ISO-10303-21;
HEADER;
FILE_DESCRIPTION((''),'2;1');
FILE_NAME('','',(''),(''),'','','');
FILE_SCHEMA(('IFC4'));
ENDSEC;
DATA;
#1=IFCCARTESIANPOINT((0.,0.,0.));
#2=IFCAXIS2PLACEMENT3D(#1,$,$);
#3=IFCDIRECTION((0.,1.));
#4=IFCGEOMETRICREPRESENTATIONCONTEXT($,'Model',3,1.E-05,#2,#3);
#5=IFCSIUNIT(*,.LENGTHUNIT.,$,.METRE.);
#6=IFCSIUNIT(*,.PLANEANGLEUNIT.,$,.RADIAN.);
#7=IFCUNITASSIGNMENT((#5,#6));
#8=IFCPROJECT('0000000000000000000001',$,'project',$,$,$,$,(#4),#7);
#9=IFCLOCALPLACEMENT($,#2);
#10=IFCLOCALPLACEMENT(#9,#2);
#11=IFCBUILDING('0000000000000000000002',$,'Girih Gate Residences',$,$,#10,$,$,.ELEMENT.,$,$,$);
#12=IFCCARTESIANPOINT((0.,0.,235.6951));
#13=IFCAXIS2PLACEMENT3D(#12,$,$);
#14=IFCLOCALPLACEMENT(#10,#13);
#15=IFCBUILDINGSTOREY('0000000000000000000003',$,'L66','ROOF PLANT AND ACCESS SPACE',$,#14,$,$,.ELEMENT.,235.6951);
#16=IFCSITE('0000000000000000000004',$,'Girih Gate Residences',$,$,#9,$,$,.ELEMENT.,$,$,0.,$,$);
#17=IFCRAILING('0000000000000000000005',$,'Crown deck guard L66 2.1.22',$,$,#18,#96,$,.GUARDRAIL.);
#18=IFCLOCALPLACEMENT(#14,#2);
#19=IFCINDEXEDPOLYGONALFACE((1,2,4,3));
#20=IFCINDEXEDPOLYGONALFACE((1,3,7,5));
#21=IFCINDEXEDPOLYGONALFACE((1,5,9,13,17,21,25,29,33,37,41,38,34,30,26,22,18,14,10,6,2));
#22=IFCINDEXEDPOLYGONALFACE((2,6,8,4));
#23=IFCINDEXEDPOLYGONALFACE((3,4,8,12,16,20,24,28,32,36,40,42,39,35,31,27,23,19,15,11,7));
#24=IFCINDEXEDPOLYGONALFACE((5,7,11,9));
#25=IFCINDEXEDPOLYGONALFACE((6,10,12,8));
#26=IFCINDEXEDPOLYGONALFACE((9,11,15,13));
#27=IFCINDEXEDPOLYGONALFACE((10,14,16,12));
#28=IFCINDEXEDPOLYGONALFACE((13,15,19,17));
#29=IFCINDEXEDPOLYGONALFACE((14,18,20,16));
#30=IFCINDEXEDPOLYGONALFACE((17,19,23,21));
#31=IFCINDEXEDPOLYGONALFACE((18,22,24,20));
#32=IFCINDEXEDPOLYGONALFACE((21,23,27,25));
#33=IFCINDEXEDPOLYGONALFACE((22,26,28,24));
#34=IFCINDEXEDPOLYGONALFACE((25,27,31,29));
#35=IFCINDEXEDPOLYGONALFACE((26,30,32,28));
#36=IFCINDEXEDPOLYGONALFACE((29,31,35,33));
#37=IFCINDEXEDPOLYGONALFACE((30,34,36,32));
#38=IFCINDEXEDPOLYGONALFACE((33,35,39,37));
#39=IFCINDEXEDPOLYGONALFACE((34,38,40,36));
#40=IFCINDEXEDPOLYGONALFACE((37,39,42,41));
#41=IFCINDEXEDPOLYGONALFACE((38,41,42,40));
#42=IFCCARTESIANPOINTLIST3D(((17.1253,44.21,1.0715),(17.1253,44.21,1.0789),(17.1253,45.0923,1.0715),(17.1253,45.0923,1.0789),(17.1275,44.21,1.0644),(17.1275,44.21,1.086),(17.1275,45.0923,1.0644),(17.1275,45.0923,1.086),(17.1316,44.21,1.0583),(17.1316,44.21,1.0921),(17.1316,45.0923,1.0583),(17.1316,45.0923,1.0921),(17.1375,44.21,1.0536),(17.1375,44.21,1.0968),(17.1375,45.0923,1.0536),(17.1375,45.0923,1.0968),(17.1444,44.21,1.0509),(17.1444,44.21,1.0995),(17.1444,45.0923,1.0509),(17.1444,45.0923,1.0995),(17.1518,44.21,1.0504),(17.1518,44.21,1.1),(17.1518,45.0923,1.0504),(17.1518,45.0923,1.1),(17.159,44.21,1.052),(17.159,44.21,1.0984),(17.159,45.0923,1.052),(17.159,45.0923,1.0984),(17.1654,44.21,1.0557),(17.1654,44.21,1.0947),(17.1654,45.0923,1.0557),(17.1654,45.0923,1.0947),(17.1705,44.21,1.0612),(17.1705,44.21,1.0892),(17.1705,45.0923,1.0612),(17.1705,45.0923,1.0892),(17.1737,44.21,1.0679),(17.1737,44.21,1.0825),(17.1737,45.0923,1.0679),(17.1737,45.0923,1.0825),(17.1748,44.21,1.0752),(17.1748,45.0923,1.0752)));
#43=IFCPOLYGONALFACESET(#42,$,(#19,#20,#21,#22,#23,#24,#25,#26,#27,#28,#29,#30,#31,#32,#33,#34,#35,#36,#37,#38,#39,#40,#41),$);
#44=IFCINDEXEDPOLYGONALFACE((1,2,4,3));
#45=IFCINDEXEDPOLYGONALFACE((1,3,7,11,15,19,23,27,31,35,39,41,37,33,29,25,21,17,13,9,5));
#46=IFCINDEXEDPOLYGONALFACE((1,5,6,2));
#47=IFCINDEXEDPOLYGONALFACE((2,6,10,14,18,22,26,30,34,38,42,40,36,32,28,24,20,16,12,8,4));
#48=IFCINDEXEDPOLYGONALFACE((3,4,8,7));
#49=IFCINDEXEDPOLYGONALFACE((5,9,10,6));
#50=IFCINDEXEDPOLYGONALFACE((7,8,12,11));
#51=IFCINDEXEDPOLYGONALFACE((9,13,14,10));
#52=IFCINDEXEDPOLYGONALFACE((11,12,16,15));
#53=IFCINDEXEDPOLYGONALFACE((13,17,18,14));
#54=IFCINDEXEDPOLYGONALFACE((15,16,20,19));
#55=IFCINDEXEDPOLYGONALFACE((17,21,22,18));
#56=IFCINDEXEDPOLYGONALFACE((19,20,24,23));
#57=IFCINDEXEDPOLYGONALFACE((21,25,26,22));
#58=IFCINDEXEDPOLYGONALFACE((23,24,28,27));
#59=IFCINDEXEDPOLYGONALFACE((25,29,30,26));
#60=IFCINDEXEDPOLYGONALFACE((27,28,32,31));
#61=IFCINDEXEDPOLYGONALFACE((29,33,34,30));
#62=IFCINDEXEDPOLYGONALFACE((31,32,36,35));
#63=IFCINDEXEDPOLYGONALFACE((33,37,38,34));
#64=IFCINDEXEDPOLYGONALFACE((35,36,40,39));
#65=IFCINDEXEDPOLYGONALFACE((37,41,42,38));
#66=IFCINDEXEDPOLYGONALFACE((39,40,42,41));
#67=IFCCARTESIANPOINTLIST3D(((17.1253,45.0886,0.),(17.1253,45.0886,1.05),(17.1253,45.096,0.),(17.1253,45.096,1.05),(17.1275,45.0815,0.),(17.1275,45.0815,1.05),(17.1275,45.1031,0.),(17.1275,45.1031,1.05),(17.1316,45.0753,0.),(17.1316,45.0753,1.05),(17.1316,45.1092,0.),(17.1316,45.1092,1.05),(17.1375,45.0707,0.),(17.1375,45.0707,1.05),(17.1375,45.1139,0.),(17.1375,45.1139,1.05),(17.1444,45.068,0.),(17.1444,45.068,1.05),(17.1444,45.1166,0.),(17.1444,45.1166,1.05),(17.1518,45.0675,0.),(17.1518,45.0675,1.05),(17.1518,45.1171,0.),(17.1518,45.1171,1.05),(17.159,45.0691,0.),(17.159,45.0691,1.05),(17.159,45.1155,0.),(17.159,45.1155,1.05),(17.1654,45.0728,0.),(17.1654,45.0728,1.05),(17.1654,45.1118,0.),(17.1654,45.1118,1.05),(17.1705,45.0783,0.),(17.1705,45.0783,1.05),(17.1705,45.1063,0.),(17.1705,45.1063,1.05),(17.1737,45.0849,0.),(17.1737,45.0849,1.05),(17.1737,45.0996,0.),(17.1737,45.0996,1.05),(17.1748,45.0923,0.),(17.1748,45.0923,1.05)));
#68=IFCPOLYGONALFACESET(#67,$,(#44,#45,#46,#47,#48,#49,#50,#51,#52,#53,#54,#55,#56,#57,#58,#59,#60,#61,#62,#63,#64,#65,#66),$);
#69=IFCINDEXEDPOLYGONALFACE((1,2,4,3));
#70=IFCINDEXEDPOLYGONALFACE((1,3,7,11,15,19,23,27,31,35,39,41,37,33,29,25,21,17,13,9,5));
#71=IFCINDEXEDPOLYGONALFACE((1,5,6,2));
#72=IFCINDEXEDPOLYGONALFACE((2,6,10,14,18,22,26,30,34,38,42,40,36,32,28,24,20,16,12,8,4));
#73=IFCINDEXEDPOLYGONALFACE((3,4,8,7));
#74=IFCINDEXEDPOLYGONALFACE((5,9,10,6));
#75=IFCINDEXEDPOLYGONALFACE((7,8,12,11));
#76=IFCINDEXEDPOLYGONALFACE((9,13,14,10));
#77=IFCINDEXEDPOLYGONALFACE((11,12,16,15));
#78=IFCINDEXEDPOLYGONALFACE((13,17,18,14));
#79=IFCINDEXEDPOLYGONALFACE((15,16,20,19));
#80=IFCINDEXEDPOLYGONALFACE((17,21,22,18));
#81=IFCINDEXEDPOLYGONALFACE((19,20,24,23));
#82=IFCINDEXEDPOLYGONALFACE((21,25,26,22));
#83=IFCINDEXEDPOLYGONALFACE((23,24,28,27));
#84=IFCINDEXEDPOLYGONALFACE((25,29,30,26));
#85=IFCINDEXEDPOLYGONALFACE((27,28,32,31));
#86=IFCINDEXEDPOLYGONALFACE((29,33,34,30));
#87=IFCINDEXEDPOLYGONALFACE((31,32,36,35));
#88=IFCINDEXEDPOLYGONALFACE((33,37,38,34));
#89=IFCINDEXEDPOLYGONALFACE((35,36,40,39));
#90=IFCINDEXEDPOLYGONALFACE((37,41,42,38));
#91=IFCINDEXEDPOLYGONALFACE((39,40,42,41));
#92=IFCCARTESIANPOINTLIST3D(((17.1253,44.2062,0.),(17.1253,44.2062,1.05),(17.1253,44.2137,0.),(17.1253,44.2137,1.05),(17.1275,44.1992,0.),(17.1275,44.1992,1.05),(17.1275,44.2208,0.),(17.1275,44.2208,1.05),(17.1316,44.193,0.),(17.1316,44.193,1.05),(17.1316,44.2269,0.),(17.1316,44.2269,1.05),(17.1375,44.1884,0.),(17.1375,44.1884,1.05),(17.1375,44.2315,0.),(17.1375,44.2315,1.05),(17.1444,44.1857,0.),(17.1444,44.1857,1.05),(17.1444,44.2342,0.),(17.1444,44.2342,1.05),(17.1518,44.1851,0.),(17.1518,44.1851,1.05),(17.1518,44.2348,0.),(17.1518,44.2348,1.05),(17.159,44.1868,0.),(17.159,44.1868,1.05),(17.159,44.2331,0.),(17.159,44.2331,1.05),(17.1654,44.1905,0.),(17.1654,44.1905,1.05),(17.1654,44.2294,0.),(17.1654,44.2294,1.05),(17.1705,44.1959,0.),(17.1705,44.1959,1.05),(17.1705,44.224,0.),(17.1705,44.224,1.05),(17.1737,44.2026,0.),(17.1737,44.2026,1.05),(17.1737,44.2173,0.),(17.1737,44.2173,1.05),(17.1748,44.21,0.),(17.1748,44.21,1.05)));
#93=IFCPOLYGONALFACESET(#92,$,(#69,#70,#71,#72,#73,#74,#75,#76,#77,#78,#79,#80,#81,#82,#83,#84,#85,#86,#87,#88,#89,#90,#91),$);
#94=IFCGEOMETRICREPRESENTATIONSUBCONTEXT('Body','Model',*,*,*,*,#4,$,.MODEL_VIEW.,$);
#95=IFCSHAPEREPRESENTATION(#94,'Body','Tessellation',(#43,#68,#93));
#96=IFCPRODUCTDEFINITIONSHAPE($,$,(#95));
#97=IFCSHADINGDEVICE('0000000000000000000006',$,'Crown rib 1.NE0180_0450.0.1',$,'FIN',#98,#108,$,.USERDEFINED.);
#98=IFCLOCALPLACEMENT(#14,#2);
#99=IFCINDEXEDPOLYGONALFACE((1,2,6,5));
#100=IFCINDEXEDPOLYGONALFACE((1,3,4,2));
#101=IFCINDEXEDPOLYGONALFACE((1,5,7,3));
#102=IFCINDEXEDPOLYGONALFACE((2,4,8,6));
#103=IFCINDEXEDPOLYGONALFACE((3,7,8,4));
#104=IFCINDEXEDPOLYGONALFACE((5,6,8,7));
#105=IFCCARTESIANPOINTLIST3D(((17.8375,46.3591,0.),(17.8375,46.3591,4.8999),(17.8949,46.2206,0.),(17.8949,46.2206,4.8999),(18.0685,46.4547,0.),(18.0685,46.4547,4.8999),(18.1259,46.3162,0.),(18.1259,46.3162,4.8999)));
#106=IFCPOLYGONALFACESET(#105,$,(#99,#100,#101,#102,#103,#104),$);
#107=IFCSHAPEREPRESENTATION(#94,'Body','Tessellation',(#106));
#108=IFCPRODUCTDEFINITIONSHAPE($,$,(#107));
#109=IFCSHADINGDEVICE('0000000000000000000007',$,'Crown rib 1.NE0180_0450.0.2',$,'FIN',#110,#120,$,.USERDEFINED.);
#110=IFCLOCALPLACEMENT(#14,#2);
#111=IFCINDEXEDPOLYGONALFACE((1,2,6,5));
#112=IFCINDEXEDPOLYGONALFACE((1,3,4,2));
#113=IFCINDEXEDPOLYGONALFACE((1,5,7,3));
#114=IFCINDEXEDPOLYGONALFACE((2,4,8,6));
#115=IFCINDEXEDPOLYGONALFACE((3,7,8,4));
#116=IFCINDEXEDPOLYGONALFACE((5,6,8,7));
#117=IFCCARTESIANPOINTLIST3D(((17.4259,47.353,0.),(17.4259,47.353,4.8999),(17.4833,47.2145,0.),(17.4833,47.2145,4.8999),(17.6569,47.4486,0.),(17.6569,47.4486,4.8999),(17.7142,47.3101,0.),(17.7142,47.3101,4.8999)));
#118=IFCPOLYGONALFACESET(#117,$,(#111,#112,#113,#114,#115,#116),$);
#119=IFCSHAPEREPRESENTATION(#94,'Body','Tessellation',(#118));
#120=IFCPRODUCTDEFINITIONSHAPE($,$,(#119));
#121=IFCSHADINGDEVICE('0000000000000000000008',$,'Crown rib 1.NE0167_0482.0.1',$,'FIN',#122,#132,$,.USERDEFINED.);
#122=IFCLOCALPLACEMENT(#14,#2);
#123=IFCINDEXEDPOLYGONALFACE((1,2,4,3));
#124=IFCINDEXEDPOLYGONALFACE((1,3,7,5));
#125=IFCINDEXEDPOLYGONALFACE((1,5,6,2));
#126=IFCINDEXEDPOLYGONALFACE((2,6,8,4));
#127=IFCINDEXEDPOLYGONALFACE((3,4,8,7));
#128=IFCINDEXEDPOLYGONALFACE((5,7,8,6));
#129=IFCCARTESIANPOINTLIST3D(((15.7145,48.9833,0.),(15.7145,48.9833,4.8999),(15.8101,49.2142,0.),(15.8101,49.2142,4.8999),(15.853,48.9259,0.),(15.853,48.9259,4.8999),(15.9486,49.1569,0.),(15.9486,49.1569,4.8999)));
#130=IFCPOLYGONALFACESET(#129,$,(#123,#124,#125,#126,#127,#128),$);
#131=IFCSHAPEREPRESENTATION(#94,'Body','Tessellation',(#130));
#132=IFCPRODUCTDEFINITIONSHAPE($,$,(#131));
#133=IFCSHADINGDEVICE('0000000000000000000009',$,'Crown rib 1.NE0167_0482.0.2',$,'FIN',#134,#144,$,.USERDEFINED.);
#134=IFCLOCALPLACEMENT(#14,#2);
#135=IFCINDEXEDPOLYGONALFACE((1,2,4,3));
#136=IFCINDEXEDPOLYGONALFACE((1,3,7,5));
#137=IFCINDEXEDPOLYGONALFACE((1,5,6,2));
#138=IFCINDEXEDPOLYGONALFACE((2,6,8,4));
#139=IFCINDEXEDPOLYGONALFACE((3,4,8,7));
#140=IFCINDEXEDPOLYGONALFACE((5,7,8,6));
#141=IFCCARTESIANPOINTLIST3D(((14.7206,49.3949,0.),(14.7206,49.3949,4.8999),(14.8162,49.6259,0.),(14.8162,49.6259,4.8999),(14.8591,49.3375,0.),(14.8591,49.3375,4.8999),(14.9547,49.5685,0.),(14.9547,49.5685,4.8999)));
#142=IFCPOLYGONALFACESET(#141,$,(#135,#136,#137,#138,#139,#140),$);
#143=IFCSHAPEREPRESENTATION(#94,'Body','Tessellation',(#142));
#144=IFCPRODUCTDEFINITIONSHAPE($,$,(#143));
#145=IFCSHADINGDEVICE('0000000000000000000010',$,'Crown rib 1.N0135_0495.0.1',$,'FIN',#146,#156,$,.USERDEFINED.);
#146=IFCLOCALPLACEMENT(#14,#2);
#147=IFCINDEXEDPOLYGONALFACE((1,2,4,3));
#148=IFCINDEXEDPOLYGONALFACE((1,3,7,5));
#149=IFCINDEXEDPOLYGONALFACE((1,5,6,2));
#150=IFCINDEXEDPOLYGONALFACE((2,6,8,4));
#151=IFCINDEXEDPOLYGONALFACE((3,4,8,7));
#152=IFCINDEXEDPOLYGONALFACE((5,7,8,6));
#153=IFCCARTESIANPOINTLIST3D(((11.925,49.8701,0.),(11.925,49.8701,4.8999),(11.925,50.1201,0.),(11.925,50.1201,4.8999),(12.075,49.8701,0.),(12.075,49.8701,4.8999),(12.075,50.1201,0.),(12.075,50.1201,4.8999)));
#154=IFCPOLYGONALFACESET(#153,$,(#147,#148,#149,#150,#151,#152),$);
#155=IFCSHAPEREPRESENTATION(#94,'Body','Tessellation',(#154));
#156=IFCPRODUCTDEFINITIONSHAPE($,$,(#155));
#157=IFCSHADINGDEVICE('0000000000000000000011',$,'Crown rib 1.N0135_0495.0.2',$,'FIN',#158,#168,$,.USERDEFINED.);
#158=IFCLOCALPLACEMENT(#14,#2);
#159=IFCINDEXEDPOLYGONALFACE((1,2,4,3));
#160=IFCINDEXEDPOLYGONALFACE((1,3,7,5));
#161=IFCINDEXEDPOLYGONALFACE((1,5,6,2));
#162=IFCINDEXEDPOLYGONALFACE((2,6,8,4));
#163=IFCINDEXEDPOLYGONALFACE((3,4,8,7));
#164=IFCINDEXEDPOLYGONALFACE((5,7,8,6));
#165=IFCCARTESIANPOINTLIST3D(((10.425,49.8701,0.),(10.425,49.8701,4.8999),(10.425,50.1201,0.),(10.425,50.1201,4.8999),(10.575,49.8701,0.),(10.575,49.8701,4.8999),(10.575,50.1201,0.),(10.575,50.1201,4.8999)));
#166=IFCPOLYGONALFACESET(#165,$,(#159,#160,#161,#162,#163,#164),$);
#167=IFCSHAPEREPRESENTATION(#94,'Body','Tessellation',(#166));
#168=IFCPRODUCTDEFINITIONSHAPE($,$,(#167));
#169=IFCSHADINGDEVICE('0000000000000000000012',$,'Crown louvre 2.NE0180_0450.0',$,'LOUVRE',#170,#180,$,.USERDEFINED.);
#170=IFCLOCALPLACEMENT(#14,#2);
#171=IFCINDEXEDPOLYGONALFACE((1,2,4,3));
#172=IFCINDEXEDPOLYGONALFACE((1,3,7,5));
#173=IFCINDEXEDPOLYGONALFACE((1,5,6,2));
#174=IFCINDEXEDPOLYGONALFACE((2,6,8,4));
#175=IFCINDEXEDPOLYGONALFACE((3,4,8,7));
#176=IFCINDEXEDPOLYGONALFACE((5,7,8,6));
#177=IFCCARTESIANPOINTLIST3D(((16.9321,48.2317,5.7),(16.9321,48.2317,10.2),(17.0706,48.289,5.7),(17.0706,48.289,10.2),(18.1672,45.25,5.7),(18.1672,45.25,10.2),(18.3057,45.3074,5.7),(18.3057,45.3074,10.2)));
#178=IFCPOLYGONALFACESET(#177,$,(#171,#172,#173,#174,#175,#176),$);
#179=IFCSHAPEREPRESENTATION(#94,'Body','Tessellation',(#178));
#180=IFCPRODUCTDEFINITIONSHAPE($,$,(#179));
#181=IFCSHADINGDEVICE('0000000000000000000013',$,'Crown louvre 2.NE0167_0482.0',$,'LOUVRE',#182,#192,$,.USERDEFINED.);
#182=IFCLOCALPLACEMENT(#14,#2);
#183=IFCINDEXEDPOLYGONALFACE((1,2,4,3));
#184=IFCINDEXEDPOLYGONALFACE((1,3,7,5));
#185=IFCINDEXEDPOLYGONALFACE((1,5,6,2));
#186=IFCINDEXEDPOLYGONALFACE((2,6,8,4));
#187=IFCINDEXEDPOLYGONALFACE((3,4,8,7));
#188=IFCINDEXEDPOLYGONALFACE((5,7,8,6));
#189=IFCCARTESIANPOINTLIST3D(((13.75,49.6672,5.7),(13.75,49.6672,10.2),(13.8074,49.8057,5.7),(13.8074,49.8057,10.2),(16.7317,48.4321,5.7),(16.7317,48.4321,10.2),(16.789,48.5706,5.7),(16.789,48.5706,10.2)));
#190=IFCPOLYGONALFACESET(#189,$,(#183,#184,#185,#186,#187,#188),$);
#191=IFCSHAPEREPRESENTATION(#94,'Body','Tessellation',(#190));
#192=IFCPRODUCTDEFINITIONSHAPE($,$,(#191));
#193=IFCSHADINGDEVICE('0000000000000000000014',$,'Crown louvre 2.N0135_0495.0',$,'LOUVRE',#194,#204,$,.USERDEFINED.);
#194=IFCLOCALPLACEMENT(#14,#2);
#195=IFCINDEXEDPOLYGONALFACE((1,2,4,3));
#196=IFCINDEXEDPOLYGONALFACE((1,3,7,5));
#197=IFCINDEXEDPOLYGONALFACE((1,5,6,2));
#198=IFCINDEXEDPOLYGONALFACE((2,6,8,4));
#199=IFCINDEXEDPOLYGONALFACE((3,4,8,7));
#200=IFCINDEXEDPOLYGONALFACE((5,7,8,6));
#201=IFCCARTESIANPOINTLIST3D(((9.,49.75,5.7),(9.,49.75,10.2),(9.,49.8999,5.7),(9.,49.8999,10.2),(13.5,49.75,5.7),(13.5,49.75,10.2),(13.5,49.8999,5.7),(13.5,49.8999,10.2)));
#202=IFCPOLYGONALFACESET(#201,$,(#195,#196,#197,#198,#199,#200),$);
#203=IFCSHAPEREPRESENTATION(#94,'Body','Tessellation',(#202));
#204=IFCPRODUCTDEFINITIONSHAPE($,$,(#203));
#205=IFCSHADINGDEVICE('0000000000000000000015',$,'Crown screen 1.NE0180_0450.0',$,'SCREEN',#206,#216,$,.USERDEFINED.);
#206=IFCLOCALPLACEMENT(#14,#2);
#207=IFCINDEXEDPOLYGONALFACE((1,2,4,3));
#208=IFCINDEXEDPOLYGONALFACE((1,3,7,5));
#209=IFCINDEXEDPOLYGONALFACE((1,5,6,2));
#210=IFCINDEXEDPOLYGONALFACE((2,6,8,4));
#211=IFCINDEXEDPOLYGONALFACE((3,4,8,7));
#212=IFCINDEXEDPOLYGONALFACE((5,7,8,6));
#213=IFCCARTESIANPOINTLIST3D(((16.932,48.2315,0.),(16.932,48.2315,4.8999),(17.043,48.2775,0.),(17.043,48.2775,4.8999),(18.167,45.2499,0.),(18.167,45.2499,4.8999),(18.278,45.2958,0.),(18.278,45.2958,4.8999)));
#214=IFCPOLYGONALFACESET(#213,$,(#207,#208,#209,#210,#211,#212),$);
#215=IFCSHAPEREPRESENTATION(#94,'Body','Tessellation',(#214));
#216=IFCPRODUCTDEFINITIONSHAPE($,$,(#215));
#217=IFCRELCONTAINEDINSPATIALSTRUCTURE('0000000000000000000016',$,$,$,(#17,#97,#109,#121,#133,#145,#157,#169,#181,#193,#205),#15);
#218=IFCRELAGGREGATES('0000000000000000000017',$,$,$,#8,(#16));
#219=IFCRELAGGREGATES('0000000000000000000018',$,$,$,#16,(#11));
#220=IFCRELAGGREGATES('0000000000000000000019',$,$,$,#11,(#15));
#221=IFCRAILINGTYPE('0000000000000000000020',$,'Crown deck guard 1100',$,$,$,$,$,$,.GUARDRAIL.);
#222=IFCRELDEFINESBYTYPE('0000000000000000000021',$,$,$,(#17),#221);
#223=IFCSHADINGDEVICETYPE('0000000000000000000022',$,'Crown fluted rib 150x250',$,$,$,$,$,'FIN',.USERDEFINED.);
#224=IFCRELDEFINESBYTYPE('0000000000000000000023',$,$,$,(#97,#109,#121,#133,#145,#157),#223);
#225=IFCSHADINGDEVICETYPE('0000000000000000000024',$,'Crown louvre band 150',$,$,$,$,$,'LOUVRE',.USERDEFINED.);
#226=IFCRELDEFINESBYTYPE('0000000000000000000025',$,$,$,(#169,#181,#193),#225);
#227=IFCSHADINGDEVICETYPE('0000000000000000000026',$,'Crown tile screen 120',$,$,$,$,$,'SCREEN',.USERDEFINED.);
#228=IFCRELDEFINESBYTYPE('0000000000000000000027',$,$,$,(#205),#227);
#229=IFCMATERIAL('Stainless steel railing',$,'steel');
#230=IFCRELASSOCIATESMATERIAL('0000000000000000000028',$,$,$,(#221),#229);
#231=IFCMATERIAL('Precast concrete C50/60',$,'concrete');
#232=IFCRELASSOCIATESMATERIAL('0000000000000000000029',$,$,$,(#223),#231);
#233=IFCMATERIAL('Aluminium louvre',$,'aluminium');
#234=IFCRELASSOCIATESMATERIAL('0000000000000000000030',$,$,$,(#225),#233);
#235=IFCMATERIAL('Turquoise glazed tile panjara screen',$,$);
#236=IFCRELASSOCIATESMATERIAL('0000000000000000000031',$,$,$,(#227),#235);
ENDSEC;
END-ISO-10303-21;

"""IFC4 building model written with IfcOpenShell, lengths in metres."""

from ifc_helpers import new_model, si_unit, direction, frame, origin, origin_2d, place, context, subcontext, project, spatial, rectangle, circle, extrude, material, type_object, element, save


model = new_model("IFC4")

# Units and contexts
model_context = context("Model", 3, precision=1e-05, world=origin(), true_north=direction((0.0, 1.0)))
body_context = subcontext(model_context, "Body", "Model", "MODEL_VIEW")
ifc_project = project(units=[si_unit("LENGTHUNIT", "METRE"), si_unit("PLANEANGLEUNIT", "RADIAN")], contexts=[model_context])

# Site, building, storey
site_placement = place(None, origin())
site = spatial("IfcSite", under=ifc_project, at=site_placement, Name="Girih Gate Residences", CompositionType="ELEMENT", RefElevation=0.0)
building_placement = place(site_placement, origin())
building = spatial("IfcBuilding", under=site, at=building_placement, Name="Girih Gate Residences", CompositionType="ELEMENT")
storey_placement = place(building_placement, frame((0.0, 0.0, 235.6951)))
storey = spatial("IfcBuildingStorey", under=building, at=storey_placement, Name="L66", Description="ROOF PLANT AND ACCESS SPACE", CompositionType="ELEMENT", Elevation=235.6951)

# Railing
ifc_material_1 = material(Name="Stainless steel railing", Category="steel")
railing_type = type_object("IfcRailingType", Name="Crown deck guard 1100", PredefinedType="GUARDRAIL", material=ifc_material_1)
railing_1_placement = place(storey_placement, frame((17.1499, 45.0923, 0.0)))
element("IfcRailing", 1, at=railing_1_placement, inside=storey, type_object=railing_type, Name="Crown deck guard L66 2.1.22", PredefinedType="GUARDRAIL", context=body_context, shape_type="SweptSolid", body=[
    extrude(circle(Radius=0.0249, at=origin_2d()), frame((0.0, 0.0, 1.0752), z_axis=(0.0, -1.0, 0.0), x_axis=(1.0, 0.0, 0.0)), (0.0, 0.0, 1.0), 0.8823),
    extrude(circle(Radius=0.0249, at=origin_2d()), origin(), (0.0, 0.0, 1.0), 1.05),
    extrude(circle(Radius=0.0249, at=origin_2d()), frame((0.0, -0.8823, 0.0)), (0.0, 0.0, 1.0), 1.05),
])

# Shading devices
ifc_material_2 = material(Name="Precast concrete C50/60", Category="concrete")
shading_device_type_1 = type_object("IfcShadingDeviceType", Name="Crown fluted rib 150x250", ElementType="FIN", PredefinedType="USERDEFINED", material=ifc_material_2)
for number, where, z_axis, x_axis, name in (
    (2, (17.9817, 46.3376, 0.0), (0.0, 0.0, 1.0), (-0.382683, 0.92388, 0.0), "Crown rib 1.NE0180_0450.0.1"),
    (3, (17.5701, 47.3315, 0.0), (0.0, 0.0, 1.0), (-0.382683, 0.92388, 0.0), "Crown rib 1.NE0180_0450.0.2"),
    (4, (15.8315, 49.0701, 0.0), (0.0, 0.0, 1.0), (-0.92388, 0.382683, 0.0), "Crown rib 1.NE0167_0482.0.1"),
    (5, (14.8376, 49.4817, 0.0), (0.0, 0.0, 1.0), (-0.92388, 0.382683, 0.0), "Crown rib 1.NE0167_0482.0.2"),
    (6, (12.0, 49.9951, 0.0), (0.0, 0.0, 1.0), (-1.0, 0.0, 0.0), "Crown rib 1.N0135_0495.0.1"),
    (7, (10.5, 49.9951, 0.0), (0.0, 0.0, 1.0), (-1.0, 0.0, 0.0), "Crown rib 1.N0135_0495.0.2"),
):
    element("IfcShadingDevice", number, at=place(storey_placement, frame(where, z_axis=z_axis, x_axis=x_axis)), inside=storey, type_object=shading_device_type_1, Name=name, ObjectType="FIN", PredefinedType="USERDEFINED", context=body_context, shape_type="SweptSolid", body=[
        extrude(rectangle(XDim=0.1499, YDim=0.25, at=origin_2d()), origin(), (0.0, 0.0, 1.0), 4.8999),
    ])
ifc_material_3 = material(Name="Aluminium louvre", Category="aluminium")
shading_device_type_2 = type_object("IfcShadingDeviceType", Name="Crown louvre band 150", ElementType="LOUVRE", PredefinedType="USERDEFINED", material=ifc_material_3)
for number, where, z_axis, x_axis, name in (
    (8, (17.6189, 46.7695, 5.7), (0.0, 0.0, 1.0), (-0.382683, 0.92388, 0.0), "Crown louvre 2.NE0180_0450.0"),
    (9, (15.2695, 49.1189, 5.7), (0.0, 0.0, 1.0), (-0.92388, 0.382683, 0.0), "Crown louvre 2.NE0167_0482.0"),
):
    element("IfcShadingDevice", number, at=place(storey_placement, frame(where, z_axis=z_axis, x_axis=x_axis)), inside=storey, type_object=shading_device_type_2, Name=name, ObjectType="LOUVRE", PredefinedType="USERDEFINED", context=body_context, shape_type="SweptSolid", body=[
        extrude(rectangle(XDim=3.2273, YDim=0.1499, at=origin_2d()), origin(), (0.0, 0.0, 1.0), 4.5),
    ])
shading_device_1_placement = place(storey_placement, frame((11.25, 49.825, 5.7), z_axis=(0.0, 0.0, 1.0), x_axis=(-1.0, 0.0, 0.0)))
element("IfcShadingDevice", 10, at=shading_device_1_placement, inside=storey, type_object=shading_device_type_2, Name="Crown louvre 2.N0135_0495.0", ObjectType="LOUVRE", PredefinedType="USERDEFINED", context=body_context, shape_type="SweptSolid", body=[
    extrude(rectangle(XDim=4.5, YDim=0.1499, at=origin_2d()), origin(), (0.0, 0.0, 1.0), 4.5),
])
ifc_material_4 = material(Name="Turquoise glazed tile panjara screen")
shading_device_type_3 = type_object("IfcShadingDeviceType", Name="Crown tile screen 120", ElementType="SCREEN", PredefinedType="USERDEFINED", material=ifc_material_4)
for number, where, z_axis, x_axis, name in (
    (11, (17.605, 46.7637, 0.0), (0.0, 0.0, 1.0), (-0.382683, 0.92388, 0.0), "Crown screen 1.NE0180_0450.0"),
):
    element("IfcShadingDevice", number, at=place(storey_placement, frame(where, z_axis=z_axis, x_axis=x_axis)), inside=storey, type_object=shading_device_type_3, Name=name, ObjectType="SCREEN", PredefinedType="USERDEFINED", context=body_context, shape_type="SweptSolid", body=[
        extrude(rectangle(XDim=3.2273, YDim=0.1201, at=origin_2d()), origin(), (0.0, 0.0, 1.0), 4.8999),
    ])

save(model, "model.ifc")
